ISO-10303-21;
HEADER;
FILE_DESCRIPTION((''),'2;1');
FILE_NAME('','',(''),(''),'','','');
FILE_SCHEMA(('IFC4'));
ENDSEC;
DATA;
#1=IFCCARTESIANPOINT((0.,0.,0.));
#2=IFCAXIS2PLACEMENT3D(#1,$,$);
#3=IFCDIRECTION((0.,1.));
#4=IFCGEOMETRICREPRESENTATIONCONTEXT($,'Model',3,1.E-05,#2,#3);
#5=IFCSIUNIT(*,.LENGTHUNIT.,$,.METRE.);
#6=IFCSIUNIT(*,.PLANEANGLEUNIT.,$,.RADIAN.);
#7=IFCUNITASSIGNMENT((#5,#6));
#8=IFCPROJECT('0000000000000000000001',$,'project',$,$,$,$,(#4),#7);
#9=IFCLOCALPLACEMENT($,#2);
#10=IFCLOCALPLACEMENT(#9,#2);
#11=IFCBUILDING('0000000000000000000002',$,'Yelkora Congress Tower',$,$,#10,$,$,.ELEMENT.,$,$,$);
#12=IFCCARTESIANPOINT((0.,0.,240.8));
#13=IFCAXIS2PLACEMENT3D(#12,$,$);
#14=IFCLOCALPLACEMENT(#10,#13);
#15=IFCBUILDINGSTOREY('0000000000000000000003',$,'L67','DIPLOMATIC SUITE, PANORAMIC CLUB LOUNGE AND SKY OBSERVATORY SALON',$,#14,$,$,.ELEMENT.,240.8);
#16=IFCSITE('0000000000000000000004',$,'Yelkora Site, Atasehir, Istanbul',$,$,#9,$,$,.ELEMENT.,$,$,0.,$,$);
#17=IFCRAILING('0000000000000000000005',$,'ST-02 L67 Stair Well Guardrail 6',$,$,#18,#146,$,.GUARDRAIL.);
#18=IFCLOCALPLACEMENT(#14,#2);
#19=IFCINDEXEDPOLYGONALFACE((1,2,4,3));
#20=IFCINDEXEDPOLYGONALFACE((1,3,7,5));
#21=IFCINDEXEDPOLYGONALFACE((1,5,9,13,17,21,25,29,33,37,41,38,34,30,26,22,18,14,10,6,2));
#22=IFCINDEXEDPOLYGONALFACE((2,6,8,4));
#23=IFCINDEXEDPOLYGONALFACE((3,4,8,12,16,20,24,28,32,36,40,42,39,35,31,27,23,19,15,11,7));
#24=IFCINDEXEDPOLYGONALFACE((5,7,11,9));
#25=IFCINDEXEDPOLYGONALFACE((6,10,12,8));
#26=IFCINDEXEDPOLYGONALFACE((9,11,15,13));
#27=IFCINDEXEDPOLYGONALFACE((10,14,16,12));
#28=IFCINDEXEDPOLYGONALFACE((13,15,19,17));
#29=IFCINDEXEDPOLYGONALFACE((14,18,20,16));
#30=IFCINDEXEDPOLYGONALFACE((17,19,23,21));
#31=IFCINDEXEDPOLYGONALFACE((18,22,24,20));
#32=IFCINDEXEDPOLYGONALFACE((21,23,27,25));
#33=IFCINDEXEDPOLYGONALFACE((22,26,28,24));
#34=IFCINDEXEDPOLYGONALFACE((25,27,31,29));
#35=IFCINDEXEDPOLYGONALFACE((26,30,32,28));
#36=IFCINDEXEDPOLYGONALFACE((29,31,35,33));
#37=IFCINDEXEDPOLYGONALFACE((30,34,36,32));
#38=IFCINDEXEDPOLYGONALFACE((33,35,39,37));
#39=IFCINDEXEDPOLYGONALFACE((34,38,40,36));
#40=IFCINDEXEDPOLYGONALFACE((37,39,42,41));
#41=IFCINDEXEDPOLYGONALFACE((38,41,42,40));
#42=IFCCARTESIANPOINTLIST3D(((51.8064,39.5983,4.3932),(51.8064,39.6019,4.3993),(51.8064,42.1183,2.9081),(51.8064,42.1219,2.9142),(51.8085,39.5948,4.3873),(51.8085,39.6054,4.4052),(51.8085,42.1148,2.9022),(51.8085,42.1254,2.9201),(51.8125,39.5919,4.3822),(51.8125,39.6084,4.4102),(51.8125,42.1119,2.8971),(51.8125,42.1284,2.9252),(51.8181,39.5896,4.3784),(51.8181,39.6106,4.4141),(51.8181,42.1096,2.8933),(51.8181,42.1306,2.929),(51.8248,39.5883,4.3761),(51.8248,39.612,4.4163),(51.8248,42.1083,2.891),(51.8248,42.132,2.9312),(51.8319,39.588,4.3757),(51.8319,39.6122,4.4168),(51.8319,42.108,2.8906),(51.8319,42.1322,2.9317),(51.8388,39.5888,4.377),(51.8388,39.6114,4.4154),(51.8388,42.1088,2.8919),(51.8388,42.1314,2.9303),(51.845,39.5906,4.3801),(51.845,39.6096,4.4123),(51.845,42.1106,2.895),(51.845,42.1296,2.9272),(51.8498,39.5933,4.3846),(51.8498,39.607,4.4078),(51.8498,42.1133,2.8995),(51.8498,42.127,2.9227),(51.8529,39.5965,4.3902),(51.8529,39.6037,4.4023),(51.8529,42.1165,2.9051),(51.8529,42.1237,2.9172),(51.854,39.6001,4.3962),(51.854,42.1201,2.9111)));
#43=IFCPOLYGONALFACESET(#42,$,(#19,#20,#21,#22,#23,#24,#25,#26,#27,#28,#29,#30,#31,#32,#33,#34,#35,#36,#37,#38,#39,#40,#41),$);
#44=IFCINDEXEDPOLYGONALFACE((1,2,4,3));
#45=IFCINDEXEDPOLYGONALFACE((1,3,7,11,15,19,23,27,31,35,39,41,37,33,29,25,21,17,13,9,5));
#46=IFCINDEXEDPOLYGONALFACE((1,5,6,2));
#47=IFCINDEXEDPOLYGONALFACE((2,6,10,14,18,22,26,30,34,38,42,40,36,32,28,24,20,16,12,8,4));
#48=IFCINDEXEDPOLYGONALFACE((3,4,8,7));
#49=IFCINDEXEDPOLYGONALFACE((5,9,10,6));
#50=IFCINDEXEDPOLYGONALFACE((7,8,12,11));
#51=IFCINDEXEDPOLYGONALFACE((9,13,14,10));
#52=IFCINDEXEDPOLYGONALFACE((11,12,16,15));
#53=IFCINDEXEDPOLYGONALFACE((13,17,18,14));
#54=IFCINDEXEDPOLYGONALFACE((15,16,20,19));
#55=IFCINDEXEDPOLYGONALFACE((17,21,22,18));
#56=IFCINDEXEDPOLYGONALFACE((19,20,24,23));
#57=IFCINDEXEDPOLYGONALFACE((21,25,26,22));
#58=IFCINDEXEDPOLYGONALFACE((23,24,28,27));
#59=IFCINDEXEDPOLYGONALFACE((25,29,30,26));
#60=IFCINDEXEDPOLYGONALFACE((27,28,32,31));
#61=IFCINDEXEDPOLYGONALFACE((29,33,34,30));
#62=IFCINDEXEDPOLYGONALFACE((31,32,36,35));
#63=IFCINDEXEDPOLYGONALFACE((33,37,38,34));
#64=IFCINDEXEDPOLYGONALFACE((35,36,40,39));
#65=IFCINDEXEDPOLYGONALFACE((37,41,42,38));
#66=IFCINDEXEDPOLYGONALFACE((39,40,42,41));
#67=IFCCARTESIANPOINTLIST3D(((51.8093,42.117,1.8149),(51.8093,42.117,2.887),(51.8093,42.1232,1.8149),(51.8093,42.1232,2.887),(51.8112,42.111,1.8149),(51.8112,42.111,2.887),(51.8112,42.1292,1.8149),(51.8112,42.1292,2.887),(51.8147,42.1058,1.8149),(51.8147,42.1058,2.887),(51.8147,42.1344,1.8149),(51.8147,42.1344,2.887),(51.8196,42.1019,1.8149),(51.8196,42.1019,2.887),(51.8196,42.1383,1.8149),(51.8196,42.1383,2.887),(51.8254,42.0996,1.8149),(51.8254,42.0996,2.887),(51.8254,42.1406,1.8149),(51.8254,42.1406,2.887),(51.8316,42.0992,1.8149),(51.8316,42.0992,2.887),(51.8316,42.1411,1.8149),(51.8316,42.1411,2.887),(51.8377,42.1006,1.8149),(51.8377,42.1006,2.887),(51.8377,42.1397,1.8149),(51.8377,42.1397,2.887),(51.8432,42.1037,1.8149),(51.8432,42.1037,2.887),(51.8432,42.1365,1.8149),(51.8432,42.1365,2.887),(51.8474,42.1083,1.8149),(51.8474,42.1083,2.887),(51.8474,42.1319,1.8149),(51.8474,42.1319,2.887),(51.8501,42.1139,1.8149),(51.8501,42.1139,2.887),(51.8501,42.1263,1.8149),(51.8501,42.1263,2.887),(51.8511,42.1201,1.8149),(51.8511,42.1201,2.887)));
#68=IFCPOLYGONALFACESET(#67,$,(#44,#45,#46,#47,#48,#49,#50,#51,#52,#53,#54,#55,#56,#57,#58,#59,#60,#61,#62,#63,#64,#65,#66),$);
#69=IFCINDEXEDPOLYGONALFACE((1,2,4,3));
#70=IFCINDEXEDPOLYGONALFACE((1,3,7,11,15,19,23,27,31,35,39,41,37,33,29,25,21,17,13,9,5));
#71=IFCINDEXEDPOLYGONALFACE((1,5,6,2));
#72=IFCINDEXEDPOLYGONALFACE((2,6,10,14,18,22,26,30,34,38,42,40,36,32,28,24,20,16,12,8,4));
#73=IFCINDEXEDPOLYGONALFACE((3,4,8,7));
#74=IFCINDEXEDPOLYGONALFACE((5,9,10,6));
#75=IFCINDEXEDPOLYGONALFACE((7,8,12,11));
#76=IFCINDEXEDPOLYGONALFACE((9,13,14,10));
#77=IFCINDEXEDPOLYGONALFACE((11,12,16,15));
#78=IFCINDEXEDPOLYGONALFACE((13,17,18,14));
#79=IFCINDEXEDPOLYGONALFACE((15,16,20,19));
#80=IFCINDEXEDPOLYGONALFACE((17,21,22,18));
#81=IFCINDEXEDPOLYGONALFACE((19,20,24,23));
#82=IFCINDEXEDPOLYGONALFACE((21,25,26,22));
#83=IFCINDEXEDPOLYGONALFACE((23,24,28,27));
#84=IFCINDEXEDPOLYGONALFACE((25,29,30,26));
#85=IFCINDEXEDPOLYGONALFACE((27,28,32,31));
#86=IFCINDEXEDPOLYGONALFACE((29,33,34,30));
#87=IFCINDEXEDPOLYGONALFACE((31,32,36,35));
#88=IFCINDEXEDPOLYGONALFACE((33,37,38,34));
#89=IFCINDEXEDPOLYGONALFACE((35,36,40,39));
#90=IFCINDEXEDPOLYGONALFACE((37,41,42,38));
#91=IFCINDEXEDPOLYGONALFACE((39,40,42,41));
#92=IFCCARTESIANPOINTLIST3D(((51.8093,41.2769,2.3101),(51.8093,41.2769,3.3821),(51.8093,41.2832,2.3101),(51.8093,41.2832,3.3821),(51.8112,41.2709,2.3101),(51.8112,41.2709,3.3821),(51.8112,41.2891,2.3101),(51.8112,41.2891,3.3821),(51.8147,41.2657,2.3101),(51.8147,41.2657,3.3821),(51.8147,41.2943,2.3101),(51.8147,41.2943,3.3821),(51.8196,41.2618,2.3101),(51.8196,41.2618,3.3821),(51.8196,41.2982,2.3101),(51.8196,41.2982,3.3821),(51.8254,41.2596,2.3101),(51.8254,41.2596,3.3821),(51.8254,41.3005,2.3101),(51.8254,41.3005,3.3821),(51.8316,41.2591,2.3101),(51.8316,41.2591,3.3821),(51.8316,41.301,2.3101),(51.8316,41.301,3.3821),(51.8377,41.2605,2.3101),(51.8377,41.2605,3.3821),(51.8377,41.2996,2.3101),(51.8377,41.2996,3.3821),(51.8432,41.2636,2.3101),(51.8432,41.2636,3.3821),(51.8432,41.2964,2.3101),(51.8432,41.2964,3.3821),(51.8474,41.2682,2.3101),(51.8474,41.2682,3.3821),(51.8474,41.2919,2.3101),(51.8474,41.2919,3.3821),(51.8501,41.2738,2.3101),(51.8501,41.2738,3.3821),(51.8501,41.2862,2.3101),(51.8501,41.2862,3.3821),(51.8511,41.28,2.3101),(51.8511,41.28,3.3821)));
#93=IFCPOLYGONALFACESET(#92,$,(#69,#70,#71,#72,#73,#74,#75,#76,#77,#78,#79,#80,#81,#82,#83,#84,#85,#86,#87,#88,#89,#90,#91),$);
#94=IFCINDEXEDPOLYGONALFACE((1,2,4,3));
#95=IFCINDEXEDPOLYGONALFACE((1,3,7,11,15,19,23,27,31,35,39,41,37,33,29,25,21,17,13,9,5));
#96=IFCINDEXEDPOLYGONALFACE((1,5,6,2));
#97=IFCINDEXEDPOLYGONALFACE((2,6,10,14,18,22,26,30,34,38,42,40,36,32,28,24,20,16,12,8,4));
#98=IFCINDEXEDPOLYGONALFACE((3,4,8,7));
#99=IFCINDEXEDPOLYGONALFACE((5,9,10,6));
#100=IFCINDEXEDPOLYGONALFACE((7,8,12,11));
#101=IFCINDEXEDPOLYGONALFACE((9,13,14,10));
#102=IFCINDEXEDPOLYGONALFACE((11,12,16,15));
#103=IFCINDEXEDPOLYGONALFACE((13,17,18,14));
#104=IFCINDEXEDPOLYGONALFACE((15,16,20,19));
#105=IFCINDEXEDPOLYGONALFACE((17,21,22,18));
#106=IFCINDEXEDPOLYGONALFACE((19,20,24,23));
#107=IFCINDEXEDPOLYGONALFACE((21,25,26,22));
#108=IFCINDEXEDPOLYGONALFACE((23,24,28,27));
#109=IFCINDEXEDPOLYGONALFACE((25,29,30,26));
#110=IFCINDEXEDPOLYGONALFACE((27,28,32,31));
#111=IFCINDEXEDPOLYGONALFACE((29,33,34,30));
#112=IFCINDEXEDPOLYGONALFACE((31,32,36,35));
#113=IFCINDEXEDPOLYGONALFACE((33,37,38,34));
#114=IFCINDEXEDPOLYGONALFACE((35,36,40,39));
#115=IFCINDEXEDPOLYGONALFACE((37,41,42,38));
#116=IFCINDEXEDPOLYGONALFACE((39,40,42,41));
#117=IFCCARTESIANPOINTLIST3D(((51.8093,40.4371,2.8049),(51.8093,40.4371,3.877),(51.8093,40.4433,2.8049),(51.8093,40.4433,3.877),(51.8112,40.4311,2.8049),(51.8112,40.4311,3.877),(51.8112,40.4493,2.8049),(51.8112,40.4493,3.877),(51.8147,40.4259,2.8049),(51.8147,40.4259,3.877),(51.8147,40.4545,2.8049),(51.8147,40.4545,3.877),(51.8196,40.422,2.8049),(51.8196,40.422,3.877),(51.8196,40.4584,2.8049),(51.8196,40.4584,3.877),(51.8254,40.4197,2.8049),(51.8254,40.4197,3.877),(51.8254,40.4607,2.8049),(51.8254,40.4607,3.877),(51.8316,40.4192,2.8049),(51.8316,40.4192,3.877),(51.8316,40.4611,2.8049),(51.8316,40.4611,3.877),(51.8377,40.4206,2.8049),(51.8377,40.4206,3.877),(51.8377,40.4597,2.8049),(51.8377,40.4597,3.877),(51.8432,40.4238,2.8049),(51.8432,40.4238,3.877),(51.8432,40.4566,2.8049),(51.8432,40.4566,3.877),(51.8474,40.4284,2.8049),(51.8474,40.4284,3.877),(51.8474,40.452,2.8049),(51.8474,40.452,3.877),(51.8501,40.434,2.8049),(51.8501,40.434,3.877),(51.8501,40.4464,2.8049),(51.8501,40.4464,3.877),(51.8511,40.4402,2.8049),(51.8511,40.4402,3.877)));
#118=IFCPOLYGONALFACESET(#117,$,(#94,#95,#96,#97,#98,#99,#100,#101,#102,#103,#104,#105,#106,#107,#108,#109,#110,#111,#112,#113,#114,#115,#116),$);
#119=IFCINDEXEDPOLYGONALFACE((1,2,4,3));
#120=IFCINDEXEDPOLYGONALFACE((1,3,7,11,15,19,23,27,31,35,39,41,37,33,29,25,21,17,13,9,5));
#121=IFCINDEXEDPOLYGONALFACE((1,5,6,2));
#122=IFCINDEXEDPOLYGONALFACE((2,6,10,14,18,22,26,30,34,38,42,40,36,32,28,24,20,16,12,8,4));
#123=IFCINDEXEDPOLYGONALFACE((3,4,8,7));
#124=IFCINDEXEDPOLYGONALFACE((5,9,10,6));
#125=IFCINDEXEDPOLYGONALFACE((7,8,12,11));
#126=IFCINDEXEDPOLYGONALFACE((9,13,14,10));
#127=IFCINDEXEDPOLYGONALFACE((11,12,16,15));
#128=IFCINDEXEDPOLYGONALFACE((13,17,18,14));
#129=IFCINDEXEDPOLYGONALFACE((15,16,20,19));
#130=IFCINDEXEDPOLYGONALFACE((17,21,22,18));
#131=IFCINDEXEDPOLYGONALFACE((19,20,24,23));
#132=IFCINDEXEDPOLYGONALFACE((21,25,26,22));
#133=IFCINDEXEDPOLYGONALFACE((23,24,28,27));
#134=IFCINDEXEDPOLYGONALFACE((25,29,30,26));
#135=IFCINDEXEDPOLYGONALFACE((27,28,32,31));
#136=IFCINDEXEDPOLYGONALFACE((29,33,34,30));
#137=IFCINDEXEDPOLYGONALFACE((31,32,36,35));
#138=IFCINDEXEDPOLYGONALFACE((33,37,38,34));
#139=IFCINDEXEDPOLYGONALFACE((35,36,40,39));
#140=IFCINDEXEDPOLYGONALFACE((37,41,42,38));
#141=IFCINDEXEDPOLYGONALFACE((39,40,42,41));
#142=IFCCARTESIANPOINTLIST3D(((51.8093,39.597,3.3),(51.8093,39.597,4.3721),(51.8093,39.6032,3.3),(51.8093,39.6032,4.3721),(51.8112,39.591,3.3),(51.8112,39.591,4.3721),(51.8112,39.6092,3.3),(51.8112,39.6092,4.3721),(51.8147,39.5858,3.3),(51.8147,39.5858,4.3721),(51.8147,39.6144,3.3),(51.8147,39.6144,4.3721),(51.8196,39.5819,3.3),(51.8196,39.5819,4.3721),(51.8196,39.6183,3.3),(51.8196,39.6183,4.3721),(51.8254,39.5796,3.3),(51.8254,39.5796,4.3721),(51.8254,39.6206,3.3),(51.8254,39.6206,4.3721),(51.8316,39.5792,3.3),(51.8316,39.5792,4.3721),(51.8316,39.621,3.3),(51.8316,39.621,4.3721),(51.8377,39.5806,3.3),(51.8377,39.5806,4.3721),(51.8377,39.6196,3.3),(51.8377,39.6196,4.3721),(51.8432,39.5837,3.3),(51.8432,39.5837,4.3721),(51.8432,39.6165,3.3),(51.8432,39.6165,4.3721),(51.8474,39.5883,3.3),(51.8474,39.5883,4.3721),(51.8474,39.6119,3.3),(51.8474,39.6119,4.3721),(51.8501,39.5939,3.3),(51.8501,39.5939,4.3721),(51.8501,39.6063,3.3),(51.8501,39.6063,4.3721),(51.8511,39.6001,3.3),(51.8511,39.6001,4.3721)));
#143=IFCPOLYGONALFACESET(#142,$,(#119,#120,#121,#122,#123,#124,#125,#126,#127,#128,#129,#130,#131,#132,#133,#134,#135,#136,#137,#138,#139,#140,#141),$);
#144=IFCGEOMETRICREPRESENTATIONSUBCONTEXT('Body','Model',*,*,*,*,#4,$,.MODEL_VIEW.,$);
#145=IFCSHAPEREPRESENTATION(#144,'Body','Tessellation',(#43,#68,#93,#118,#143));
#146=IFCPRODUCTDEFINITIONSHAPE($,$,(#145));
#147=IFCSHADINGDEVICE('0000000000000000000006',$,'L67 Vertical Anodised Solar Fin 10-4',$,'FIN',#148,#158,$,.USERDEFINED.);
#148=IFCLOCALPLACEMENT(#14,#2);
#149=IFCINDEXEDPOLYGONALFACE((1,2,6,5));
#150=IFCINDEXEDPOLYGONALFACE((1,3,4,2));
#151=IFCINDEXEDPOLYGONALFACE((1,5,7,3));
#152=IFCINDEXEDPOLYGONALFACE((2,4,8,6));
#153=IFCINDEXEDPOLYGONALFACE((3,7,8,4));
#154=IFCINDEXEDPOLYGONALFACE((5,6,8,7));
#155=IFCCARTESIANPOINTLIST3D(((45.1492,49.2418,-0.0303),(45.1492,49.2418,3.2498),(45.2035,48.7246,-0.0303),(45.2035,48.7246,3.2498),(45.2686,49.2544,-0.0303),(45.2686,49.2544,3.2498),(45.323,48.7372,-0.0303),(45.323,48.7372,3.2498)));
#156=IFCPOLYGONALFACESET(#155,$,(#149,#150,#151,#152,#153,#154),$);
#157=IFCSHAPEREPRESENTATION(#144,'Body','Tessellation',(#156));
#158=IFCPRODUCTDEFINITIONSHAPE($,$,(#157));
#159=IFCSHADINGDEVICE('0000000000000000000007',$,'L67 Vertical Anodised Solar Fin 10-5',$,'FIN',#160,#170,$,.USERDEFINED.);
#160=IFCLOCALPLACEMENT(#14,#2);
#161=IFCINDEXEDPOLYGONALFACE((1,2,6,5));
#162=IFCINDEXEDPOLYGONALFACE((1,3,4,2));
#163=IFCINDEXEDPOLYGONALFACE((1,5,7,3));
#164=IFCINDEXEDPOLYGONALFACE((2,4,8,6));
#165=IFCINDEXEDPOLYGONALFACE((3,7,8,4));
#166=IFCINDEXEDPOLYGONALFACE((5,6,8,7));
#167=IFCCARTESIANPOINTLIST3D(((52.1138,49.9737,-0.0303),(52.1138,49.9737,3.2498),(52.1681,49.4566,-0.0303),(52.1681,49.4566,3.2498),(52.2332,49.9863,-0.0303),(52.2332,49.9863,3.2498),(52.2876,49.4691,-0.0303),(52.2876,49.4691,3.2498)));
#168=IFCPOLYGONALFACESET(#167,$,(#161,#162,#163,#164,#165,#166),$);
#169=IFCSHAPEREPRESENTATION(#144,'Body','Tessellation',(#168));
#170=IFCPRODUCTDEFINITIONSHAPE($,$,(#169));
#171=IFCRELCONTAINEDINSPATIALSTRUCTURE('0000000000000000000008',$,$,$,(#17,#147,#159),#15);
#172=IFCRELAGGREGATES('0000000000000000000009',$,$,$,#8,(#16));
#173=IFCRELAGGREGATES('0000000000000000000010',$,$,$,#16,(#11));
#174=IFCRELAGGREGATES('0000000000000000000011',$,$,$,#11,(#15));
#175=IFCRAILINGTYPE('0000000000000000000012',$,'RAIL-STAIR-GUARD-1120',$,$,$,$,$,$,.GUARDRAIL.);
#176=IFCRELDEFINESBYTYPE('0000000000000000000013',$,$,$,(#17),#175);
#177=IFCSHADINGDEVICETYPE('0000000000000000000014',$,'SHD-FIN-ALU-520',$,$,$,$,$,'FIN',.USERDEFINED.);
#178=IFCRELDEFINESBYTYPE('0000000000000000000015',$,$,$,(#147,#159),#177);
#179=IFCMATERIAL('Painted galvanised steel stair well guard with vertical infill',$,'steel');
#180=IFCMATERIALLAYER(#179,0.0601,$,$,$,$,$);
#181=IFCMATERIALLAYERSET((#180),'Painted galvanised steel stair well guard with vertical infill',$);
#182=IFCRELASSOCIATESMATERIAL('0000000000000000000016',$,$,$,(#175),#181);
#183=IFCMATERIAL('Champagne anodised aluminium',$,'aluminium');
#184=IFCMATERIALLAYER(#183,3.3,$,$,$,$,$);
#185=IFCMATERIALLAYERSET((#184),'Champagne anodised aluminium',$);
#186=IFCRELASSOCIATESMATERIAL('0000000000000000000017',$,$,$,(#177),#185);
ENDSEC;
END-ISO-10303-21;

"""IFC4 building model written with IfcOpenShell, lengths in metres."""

from ifc_helpers import new_model, si_unit, direction, frame, origin, origin_2d, place, context, subcontext, project, spatial, rectangle, circle, extrude, material, layer, layer_set, type_object, element, save


model = new_model("IFC4")

# Units and contexts
model_context = context("Model", 3, precision=1e-05, world=origin(), true_north=direction((0.0, 1.0)))
body_context = subcontext(model_context, "Body", "Model", "MODEL_VIEW")
ifc_project = project(units=[si_unit("LENGTHUNIT", "METRE"), si_unit("PLANEANGLEUNIT", "RADIAN")], contexts=[model_context])

# Site, building, storey
site_placement = place(None, origin())
site = spatial("IfcSite", under=ifc_project, at=site_placement, Name="Yelkora Site, Atasehir, Istanbul", CompositionType="ELEMENT", RefElevation=0.0)
building_placement = place(site_placement, origin())
building = spatial("IfcBuilding", under=site, at=building_placement, Name="Yelkora Congress Tower", CompositionType="ELEMENT")
storey_placement = place(building_placement, frame((0.0, 0.0, 240.8)))
storey = spatial("IfcBuildingStorey", under=building, at=storey_placement, Name="L67", Description="DIPLOMATIC SUITE, PANORAMIC CLUB LOUNGE AND SKY OBSERVATORY SALON", CompositionType="ELEMENT", Elevation=240.8)

# Railing
ifc_material_1 = material(Name="Painted galvanised steel stair well guard with vertical infill", Category="steel")
ifc_layer_1 = layer(ifc_material_1, 0.0601)
ifc_layer_set_1 = layer_set([ifc_layer_1], Name="Painted galvanised steel stair well guard with vertical infill")
railing_type = type_object("IfcRailingType", Name="RAIL-STAIR-GUARD-1120", PredefinedType="GUARDRAIL", material=ifc_layer_set_1)
railing_1_placement = place(storey_placement, frame((51.8301, 42.1201, 1.8149)))
element("IfcRailing", 1, at=railing_1_placement, inside=storey, type_object=railing_type, Name="ST-02 L67 Stair Well Guardrail 6", PredefinedType="GUARDRAIL", context=body_context, shape_type="SweptSolid", body=[
    extrude(circle(Radius=0.0239, at=origin_2d()), frame((0.0, 0.0, 1.0962), z_axis=(0.0, -0.861524, 0.507717), x_axis=(1.0, 0.0, 0.0)), (0.0, 0.0, 1.0), 2.925),
    extrude(circle(Radius=0.021, at=origin_2d()), origin(), (0.0, 0.0, 1.0), 1.072),
    extrude(circle(Radius=0.021, at=origin_2d()), frame((0.0, -0.8401, 0.4951)), (0.0, 0.0, 1.0), 1.072),
    extrude(circle(Radius=0.021, at=origin_2d()), frame((0.0, -1.6799, 0.99)), (0.0, 0.0, 1.0), 1.072),
    extrude(circle(Radius=0.021, at=origin_2d()), frame((0.0, -2.52, 1.4851)), (0.0, 0.0, 1.0), 1.072),
])

# Shading devices
ifc_material_2 = material(Name="Champagne anodised aluminium", Category="aluminium")
ifc_layer_2 = layer(ifc_material_2, 3.3)
ifc_layer_set_2 = layer_set([ifc_layer_2], Name="Champagne anodised aluminium")
shading_device_type = type_object("IfcShadingDeviceType", Name="SHD-FIN-ALU-520", ElementType="FIN", PredefinedType="USERDEFINED", material=ifc_layer_set_2)
for number, where, z_axis, x_axis, name in (
    (2, (45.2361, 48.9895, -0.0303), (0.0, 0.0, 1.0), (0.994522, 0.104528, 0.0), "L67 Vertical Anodised Solar Fin 10-4"),
    (3, (52.2007, 49.7214, -0.0303), (0.0, 0.0, 1.0), (0.994522, 0.104528, 0.0), "L67 Vertical Anodised Solar Fin 10-5"),
):
    element("IfcShadingDevice", number, at=place(storey_placement, frame(where, z_axis=z_axis, x_axis=x_axis)), inside=storey, type_object=shading_device_type, Name=name, ObjectType="FIN", PredefinedType="USERDEFINED", context=body_context, shape_type="SweptSolid", body=[
        extrude(rectangle(XDim=0.1201, YDim=0.52, at=origin_2d()), origin(), (0.0, 0.0, 1.0), 3.28),
    ])

save(model, "model.ifc")
